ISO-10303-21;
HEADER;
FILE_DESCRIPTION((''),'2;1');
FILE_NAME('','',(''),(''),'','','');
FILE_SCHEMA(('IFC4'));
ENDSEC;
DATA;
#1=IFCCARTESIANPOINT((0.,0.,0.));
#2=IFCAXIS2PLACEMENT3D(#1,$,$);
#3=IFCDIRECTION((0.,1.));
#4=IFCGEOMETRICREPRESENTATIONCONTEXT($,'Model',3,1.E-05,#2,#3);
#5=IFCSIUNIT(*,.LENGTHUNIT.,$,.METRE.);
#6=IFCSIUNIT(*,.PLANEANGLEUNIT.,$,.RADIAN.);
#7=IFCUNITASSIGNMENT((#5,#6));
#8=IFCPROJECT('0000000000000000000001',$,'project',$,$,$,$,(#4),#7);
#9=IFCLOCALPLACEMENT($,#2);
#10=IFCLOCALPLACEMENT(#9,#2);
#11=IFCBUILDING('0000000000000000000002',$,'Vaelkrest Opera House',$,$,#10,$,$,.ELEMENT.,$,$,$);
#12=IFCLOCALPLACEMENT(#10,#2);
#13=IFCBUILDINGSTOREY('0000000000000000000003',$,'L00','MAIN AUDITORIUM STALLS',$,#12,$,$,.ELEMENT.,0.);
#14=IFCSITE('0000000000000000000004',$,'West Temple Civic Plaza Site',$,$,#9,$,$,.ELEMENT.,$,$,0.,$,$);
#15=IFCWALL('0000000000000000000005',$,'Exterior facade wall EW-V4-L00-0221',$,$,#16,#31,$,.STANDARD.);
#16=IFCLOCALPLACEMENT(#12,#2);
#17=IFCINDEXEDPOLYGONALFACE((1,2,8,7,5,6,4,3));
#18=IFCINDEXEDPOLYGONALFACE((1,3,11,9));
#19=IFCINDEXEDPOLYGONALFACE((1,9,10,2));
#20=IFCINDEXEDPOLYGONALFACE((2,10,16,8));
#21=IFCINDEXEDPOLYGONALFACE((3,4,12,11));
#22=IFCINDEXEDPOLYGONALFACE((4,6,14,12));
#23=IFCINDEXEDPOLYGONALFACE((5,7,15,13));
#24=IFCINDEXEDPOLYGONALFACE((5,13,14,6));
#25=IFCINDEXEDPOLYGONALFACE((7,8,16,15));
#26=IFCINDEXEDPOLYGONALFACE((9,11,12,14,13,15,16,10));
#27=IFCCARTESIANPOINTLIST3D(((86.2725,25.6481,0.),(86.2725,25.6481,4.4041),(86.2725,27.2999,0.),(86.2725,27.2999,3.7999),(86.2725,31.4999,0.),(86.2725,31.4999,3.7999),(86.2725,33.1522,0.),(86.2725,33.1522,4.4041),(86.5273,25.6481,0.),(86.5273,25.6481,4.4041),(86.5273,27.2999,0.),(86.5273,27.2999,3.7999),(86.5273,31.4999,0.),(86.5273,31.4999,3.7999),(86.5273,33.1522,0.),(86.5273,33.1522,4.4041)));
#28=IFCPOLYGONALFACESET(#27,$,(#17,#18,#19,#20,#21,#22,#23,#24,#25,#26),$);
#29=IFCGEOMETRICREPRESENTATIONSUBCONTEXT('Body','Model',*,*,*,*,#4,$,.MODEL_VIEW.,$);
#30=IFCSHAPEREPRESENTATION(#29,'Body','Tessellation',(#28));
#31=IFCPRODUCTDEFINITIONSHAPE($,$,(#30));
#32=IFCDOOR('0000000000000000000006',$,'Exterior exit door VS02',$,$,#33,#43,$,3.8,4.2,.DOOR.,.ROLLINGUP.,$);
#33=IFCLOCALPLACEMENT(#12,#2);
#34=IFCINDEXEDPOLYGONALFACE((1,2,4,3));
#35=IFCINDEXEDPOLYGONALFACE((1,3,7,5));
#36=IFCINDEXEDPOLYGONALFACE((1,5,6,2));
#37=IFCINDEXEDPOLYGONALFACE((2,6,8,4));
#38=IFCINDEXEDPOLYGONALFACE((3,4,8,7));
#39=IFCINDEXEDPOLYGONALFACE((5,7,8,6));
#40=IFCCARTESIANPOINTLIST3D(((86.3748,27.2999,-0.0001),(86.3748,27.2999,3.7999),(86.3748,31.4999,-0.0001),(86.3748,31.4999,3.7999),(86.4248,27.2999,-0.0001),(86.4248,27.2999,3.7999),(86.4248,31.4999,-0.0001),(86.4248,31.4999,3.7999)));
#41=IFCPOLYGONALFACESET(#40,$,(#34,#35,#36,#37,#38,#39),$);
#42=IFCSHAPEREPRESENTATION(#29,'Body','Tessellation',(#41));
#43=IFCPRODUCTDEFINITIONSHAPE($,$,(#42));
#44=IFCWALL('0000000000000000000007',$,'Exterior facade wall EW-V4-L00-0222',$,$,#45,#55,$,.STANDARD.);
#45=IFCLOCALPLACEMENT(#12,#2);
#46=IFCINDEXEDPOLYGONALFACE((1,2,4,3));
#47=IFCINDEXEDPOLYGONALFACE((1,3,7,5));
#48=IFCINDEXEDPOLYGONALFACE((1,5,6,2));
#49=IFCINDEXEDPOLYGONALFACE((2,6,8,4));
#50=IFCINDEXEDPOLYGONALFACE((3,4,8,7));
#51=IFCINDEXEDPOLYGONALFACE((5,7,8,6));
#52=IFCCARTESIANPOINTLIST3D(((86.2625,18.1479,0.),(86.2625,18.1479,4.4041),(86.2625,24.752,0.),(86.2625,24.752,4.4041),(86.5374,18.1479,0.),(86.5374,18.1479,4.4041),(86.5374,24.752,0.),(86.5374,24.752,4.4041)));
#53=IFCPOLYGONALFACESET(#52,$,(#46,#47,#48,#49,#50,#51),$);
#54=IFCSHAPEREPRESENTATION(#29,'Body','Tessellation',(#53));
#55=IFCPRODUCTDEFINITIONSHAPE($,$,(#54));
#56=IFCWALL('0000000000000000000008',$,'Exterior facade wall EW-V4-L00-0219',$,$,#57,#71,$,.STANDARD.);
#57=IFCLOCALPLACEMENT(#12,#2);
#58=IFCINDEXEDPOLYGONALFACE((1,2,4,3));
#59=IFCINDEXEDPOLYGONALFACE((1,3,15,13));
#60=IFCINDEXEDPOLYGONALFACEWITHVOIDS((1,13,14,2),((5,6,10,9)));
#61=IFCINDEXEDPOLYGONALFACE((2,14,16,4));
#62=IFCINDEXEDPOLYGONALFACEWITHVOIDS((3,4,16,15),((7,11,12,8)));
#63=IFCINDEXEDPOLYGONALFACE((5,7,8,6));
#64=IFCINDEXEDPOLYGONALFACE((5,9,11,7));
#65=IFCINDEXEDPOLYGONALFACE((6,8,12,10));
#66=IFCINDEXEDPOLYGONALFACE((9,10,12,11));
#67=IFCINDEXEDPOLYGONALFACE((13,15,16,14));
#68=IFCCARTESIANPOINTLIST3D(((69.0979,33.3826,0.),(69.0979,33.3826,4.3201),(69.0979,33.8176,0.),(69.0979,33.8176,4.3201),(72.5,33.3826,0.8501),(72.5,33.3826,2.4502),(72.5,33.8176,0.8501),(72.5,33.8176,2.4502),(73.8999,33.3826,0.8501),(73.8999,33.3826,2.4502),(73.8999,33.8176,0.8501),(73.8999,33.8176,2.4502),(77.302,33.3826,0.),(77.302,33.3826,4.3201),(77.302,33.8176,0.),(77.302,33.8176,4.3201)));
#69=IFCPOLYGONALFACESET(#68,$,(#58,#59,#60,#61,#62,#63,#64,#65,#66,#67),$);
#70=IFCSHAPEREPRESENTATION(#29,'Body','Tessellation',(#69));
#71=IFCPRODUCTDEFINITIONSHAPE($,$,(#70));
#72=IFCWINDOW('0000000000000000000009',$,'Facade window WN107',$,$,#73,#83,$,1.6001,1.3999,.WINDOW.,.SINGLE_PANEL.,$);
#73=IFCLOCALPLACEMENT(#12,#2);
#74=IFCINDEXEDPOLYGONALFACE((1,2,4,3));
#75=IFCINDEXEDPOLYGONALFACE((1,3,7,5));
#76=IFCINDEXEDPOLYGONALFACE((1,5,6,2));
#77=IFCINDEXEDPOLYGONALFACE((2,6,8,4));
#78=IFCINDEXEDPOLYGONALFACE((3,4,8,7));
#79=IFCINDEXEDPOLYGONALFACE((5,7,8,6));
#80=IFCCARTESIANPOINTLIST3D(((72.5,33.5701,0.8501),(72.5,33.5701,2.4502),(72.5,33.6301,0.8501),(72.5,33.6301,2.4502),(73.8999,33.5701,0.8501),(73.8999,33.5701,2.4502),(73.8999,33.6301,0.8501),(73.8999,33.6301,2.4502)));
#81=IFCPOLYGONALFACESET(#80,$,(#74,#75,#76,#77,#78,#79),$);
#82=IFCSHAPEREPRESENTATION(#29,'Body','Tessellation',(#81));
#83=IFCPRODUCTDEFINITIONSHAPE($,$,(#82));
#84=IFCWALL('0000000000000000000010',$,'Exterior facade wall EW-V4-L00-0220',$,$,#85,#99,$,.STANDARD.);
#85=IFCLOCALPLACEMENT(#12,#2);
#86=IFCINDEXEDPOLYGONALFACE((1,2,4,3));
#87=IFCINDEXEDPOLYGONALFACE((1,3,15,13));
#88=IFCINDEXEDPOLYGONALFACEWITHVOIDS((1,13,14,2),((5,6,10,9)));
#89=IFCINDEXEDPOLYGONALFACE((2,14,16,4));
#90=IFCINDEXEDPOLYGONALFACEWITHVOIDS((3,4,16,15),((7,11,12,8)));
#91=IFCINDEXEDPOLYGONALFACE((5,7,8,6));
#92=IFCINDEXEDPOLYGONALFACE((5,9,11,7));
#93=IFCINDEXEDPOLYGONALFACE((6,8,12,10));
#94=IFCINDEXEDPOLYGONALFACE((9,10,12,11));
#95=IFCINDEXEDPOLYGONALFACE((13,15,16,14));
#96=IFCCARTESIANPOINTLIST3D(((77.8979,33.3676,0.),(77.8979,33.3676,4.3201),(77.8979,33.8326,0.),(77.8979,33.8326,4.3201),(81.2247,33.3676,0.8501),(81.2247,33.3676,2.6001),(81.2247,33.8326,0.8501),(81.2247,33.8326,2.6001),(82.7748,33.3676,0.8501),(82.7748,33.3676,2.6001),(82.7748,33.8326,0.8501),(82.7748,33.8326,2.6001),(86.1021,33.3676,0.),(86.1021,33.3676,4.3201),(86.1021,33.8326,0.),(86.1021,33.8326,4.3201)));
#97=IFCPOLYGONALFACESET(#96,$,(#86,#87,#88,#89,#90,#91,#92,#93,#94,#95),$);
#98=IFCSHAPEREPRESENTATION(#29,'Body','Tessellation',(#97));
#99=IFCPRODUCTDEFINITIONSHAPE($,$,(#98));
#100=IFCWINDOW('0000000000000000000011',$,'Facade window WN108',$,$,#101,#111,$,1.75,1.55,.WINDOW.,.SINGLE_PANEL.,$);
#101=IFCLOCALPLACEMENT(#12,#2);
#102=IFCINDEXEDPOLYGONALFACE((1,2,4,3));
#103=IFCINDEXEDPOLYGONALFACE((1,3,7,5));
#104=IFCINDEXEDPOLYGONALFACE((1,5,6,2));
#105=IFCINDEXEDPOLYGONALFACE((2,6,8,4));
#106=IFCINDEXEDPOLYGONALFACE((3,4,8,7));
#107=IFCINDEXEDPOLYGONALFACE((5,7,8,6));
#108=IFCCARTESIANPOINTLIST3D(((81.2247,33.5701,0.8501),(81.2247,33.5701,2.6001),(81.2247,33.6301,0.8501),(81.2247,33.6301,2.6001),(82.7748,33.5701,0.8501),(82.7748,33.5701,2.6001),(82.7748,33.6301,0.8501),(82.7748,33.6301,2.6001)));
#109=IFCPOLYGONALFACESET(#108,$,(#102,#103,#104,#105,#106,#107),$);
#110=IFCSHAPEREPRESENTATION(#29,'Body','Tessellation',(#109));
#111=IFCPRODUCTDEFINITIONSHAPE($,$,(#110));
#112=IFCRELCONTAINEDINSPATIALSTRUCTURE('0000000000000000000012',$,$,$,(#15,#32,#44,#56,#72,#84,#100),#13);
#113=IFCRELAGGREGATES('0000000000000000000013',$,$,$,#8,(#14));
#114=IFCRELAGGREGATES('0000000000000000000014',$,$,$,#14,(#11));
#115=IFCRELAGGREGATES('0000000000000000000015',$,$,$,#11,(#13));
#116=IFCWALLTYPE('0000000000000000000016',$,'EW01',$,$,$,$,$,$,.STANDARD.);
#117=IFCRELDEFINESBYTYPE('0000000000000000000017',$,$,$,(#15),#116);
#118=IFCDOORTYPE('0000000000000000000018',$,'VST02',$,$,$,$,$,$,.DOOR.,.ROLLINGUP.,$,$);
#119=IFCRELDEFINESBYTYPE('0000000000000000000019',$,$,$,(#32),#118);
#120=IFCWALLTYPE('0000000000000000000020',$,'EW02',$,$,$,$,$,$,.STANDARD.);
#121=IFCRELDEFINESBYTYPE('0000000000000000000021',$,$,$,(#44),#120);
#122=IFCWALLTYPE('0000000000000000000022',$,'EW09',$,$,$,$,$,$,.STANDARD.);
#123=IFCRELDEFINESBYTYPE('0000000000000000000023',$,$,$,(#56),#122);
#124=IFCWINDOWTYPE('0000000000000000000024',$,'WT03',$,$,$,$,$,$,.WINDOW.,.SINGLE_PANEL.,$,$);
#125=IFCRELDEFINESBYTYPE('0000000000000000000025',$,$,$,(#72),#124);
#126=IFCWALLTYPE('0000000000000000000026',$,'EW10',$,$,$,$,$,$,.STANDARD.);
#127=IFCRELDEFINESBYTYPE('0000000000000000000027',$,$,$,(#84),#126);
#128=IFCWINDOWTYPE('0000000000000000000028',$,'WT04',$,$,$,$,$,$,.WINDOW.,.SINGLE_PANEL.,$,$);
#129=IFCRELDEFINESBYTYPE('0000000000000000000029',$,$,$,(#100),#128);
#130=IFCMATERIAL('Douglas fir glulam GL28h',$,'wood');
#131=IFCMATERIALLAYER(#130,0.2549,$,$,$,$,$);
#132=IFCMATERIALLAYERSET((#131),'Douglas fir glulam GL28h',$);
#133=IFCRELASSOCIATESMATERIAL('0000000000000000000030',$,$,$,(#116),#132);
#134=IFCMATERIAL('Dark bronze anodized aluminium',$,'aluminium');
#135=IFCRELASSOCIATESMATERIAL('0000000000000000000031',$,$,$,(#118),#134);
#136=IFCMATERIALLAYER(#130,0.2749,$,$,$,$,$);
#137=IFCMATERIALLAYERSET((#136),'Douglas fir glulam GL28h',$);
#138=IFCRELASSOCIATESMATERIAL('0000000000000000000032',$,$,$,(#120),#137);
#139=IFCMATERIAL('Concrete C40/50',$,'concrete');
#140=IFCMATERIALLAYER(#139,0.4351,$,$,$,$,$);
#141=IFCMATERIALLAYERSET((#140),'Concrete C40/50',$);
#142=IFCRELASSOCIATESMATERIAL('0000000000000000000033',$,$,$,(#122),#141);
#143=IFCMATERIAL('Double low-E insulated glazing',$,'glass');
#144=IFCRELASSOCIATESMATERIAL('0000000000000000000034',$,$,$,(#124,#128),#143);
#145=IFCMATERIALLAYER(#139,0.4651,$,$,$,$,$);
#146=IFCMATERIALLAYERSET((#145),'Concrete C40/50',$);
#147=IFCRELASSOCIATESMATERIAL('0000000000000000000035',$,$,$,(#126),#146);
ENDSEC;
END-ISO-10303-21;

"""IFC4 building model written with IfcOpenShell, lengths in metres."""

from ifc_helpers import new_model, si_unit, direction, frame, frame_2d, origin, place, context, subcontext, project, spatial, rectangle, extrude, material, layer, layer_set, type_object, element, fill, save


model = new_model("IFC4")

# Units and contexts
model_context = context("Model", 3, precision=1e-05, world=origin(), true_north=direction((0.0, 1.0)))
body_context = subcontext(model_context, "Body", "Model", "MODEL_VIEW")
ifc_project = project(units=[si_unit("LENGTHUNIT", "METRE"), si_unit("PLANEANGLEUNIT", "RADIAN")], contexts=[model_context])

# Site, building, storey
site_placement = place(None, origin())
site = spatial("IfcSite", under=ifc_project, at=site_placement, Name="West Temple Civic Plaza Site", CompositionType="ELEMENT", RefElevation=0.0)
building_placement = place(site_placement, origin())
building = spatial("IfcBuilding", under=site, at=building_placement, Name="Vaelkrest Opera House", CompositionType="ELEMENT")
storey_placement = place(building_placement, origin())
storey = spatial("IfcBuildingStorey", under=building, at=storey_placement, Name="L00", Description="MAIN AUDITORIUM STALLS", CompositionType="ELEMENT", Elevation=0.0)

# Wall, opening, door
ifc_material_1 = material(Name="Douglas fir glulam GL28h", Category="wood")
ifc_layer_1 = layer(ifc_material_1, 0.2549)
ifc_layer_set_1 = layer_set([ifc_layer_1], Name="Douglas fir glulam GL28h")
wall_type_1 = type_object("IfcWallType", Name="EW01", PredefinedType="STANDARD", material=ifc_layer_set_1)
wall_1_placement = place(storey_placement, frame((86.3999, 33.1521, 0.0), z_axis=(0.0, 0.0, 1.0), x_axis=(0.0, -1.0, 0.0)))
wall_1 = element("IfcWall", 1, at=wall_1_placement, inside=storey, type_object=wall_type_1, Name="Exterior facade wall EW-V4-L00-0221", PredefinedType="STANDARD", context=body_context, shape_type="SweptSolid", body=[
    extrude(rectangle(XDim=7.5042, YDim=0.2549, at=frame_2d((3.752, 0.0))), origin(), (0.0, 0.0, 1.0), 4.4041),
])
opening_1_placement = place(wall_1_placement, frame((1.6521, 0.0, 0.0)))
opening_1 = element("IfcOpeningElement", 2, at=opening_1_placement, cuts=wall_1, PredefinedType="OPENING", context=body_context, shape_type="SweptSolid", body=[
    extrude(rectangle(XDim=4.2, YDim=3.8, at=frame_2d((2.1001, 1.8999))), frame((0.0, 0.1375, 0.0), z_axis=(0.0, -1.0, 0.0), x_axis=(1.0, 0.0, 0.0)), (0.0, 0.0, 1.0), 0.2749),
])
ifc_material_2 = material(Name="Dark bronze anodized aluminium", Category="aluminium")
door_type = type_object("IfcDoorType", Name="VST02", OperationType="ROLLINGUP", PredefinedType="DOOR", material=ifc_material_2)
door_placement = place(opening_1_placement, origin())
door = element("IfcDoor", 3, at=door_placement, inside=storey, type_object=door_type, Name="Exterior exit door VS02", OperationType="ROLLINGUP", OverallHeight=3.8, OverallWidth=4.2, PredefinedType="DOOR", context=body_context, shape_type="SweptSolid", body=[
    extrude(rectangle(XDim=4.2, YDim=3.8, at=frame_2d((2.1001, 1.8999))), frame((0.0, 0.0249, 0.0), z_axis=(0.0, -1.0, 0.0), x_axis=(1.0, 0.0, 0.0)), (0.0, 0.0, 1.0), 0.05),
])
fill(opening_1, door)

# Wall
ifc_layer_2 = layer(ifc_material_1, 0.2749)
ifc_layer_set_2 = layer_set([ifc_layer_2], Name="Douglas fir glulam GL28h")
wall_type_2 = type_object("IfcWallType", Name="EW02", PredefinedType="STANDARD", material=ifc_layer_set_2)
wall_2_placement = place(storey_placement, frame((86.3999, 24.752, 0.0), z_axis=(0.0, 0.0, 1.0), x_axis=(0.0, -1.0, 0.0)))
element("IfcWall", 4, at=wall_2_placement, inside=storey, type_object=wall_type_2, Name="Exterior facade wall EW-V4-L00-0222", PredefinedType="STANDARD", context=body_context, shape_type="SweptSolid", body=[
    extrude(rectangle(XDim=6.604, YDim=0.2749, at=frame_2d((3.302, 0.0))), origin(), (0.0, 0.0, 1.0), 4.4041),
])

# Walls, openings, windows
ifc_material_3 = material(Name="Concrete C40/50", Category="concrete")
ifc_layer_3 = layer(ifc_material_3, 0.4351)
ifc_layer_set_3 = layer_set([ifc_layer_3], Name="Concrete C40/50")
wall_type_3 = type_object("IfcWallType", Name="EW09", PredefinedType="STANDARD", material=ifc_layer_set_3)
wall_3_placement = place(storey_placement, frame((69.0979, 33.6001, 0.0), z_axis=(0.0, 0.0, 1.0), x_axis=(1.0, 0.0, 0.0)))
wall_3 = element("IfcWall", 5, at=wall_3_placement, inside=storey, type_object=wall_type_3, Name="Exterior facade wall EW-V4-L00-0219", PredefinedType="STANDARD", context=body_context, shape_type="SweptSolid", body=[
    extrude(rectangle(XDim=8.2041, YDim=0.4351, at=frame_2d((4.1021, 0.0))), origin(), (0.0, 0.0, 1.0), 4.3201),
])
opening_2_placement = place(wall_3_placement, frame((3.4021, 0.0, 0.8501)))
opening_2 = element("IfcOpeningElement", 6, at=opening_2_placement, cuts=wall_3, PredefinedType="OPENING", context=body_context, shape_type="SweptSolid", body=[
    extrude(rectangle(XDim=1.3999, YDim=1.6001, at=frame_2d((0.7, 0.8))), frame((0.0, 0.2275, 0.0), z_axis=(0.0, -1.0, 0.0), x_axis=(1.0, 0.0, 0.0)), (0.0, 0.0, 1.0), 0.4551),
])
ifc_material_4 = material(Name="Double low-E insulated glazing", Category="glass")
window_type_1 = type_object("IfcWindowType", Name="WT03", PartitioningType="SINGLE_PANEL", PredefinedType="WINDOW", material=ifc_material_4)
window_1_placement = place(opening_2_placement, origin())
window_1 = element("IfcWindow", 7, at=window_1_placement, inside=storey, type_object=window_type_1, Name="Facade window WN107", OverallHeight=1.6001, OverallWidth=1.3999, PartitioningType="SINGLE_PANEL", PredefinedType="WINDOW", context=body_context, shape_type="SweptSolid", body=[
    extrude(rectangle(XDim=1.3999, YDim=1.6001, at=frame_2d((0.7, 0.8))), frame((0.0, 0.03, 0.0), z_axis=(0.0, -1.0, 0.0), x_axis=(1.0, 0.0, 0.0)), (0.0, 0.0, 1.0), 0.0601),
])
fill(opening_2, window_1)
ifc_layer_4 = layer(ifc_material_3, 0.4651)
ifc_layer_set_4 = layer_set([ifc_layer_4], Name="Concrete C40/50")
wall_type_4 = type_object("IfcWallType", Name="EW10", PredefinedType="STANDARD", material=ifc_layer_set_4)
wall_4_placement = place(storey_placement, frame((77.8979, 33.6001, 0.0), z_axis=(0.0, 0.0, 1.0), x_axis=(1.0, 0.0, 0.0)))
wall_4 = element("IfcWall", 8, at=wall_4_placement, inside=storey, type_object=wall_type_4, Name="Exterior facade wall EW-V4-L00-0220", PredefinedType="STANDARD", context=body_context, shape_type="SweptSolid", body=[
    extrude(rectangle(XDim=8.2041, YDim=0.4651, at=frame_2d((4.1021, 0.0))), origin(), (0.0, 0.0, 1.0), 4.3201),
])
opening_3_placement = place(wall_4_placement, frame((3.3269, 0.0, 0.8501)))
opening_3 = element("IfcOpeningElement", 9, at=opening_3_placement, cuts=wall_4, PredefinedType="OPENING", context=body_context, shape_type="SweptSolid", body=[
    extrude(rectangle(XDim=1.55, YDim=1.75, at=frame_2d((0.7749, 0.875))), frame((0.0, 0.2424, 0.0), z_axis=(0.0, -1.0, 0.0), x_axis=(1.0, 0.0, 0.0)), (0.0, 0.0, 1.0), 0.4851),
])
window_type_2 = type_object("IfcWindowType", Name="WT04", PartitioningType="SINGLE_PANEL", PredefinedType="WINDOW", material=ifc_material_4)
window_2_placement = place(opening_3_placement, origin())
window_2 = element("IfcWindow", 10, at=window_2_placement, inside=storey, type_object=window_type_2, Name="Facade window WN108", OverallHeight=1.75, OverallWidth=1.55, PartitioningType="SINGLE_PANEL", PredefinedType="WINDOW", context=body_context, shape_type="SweptSolid", body=[
    extrude(rectangle(XDim=1.55, YDim=1.75, at=frame_2d((0.7749, 0.875))), frame((0.0, 0.03, 0.0), z_axis=(0.0, -1.0, 0.0), x_axis=(1.0, 0.0, 0.0)), (0.0, 0.0, 1.0), 0.0601),
])
fill(opening_3, window_2)

save(model, "model.ifc")
